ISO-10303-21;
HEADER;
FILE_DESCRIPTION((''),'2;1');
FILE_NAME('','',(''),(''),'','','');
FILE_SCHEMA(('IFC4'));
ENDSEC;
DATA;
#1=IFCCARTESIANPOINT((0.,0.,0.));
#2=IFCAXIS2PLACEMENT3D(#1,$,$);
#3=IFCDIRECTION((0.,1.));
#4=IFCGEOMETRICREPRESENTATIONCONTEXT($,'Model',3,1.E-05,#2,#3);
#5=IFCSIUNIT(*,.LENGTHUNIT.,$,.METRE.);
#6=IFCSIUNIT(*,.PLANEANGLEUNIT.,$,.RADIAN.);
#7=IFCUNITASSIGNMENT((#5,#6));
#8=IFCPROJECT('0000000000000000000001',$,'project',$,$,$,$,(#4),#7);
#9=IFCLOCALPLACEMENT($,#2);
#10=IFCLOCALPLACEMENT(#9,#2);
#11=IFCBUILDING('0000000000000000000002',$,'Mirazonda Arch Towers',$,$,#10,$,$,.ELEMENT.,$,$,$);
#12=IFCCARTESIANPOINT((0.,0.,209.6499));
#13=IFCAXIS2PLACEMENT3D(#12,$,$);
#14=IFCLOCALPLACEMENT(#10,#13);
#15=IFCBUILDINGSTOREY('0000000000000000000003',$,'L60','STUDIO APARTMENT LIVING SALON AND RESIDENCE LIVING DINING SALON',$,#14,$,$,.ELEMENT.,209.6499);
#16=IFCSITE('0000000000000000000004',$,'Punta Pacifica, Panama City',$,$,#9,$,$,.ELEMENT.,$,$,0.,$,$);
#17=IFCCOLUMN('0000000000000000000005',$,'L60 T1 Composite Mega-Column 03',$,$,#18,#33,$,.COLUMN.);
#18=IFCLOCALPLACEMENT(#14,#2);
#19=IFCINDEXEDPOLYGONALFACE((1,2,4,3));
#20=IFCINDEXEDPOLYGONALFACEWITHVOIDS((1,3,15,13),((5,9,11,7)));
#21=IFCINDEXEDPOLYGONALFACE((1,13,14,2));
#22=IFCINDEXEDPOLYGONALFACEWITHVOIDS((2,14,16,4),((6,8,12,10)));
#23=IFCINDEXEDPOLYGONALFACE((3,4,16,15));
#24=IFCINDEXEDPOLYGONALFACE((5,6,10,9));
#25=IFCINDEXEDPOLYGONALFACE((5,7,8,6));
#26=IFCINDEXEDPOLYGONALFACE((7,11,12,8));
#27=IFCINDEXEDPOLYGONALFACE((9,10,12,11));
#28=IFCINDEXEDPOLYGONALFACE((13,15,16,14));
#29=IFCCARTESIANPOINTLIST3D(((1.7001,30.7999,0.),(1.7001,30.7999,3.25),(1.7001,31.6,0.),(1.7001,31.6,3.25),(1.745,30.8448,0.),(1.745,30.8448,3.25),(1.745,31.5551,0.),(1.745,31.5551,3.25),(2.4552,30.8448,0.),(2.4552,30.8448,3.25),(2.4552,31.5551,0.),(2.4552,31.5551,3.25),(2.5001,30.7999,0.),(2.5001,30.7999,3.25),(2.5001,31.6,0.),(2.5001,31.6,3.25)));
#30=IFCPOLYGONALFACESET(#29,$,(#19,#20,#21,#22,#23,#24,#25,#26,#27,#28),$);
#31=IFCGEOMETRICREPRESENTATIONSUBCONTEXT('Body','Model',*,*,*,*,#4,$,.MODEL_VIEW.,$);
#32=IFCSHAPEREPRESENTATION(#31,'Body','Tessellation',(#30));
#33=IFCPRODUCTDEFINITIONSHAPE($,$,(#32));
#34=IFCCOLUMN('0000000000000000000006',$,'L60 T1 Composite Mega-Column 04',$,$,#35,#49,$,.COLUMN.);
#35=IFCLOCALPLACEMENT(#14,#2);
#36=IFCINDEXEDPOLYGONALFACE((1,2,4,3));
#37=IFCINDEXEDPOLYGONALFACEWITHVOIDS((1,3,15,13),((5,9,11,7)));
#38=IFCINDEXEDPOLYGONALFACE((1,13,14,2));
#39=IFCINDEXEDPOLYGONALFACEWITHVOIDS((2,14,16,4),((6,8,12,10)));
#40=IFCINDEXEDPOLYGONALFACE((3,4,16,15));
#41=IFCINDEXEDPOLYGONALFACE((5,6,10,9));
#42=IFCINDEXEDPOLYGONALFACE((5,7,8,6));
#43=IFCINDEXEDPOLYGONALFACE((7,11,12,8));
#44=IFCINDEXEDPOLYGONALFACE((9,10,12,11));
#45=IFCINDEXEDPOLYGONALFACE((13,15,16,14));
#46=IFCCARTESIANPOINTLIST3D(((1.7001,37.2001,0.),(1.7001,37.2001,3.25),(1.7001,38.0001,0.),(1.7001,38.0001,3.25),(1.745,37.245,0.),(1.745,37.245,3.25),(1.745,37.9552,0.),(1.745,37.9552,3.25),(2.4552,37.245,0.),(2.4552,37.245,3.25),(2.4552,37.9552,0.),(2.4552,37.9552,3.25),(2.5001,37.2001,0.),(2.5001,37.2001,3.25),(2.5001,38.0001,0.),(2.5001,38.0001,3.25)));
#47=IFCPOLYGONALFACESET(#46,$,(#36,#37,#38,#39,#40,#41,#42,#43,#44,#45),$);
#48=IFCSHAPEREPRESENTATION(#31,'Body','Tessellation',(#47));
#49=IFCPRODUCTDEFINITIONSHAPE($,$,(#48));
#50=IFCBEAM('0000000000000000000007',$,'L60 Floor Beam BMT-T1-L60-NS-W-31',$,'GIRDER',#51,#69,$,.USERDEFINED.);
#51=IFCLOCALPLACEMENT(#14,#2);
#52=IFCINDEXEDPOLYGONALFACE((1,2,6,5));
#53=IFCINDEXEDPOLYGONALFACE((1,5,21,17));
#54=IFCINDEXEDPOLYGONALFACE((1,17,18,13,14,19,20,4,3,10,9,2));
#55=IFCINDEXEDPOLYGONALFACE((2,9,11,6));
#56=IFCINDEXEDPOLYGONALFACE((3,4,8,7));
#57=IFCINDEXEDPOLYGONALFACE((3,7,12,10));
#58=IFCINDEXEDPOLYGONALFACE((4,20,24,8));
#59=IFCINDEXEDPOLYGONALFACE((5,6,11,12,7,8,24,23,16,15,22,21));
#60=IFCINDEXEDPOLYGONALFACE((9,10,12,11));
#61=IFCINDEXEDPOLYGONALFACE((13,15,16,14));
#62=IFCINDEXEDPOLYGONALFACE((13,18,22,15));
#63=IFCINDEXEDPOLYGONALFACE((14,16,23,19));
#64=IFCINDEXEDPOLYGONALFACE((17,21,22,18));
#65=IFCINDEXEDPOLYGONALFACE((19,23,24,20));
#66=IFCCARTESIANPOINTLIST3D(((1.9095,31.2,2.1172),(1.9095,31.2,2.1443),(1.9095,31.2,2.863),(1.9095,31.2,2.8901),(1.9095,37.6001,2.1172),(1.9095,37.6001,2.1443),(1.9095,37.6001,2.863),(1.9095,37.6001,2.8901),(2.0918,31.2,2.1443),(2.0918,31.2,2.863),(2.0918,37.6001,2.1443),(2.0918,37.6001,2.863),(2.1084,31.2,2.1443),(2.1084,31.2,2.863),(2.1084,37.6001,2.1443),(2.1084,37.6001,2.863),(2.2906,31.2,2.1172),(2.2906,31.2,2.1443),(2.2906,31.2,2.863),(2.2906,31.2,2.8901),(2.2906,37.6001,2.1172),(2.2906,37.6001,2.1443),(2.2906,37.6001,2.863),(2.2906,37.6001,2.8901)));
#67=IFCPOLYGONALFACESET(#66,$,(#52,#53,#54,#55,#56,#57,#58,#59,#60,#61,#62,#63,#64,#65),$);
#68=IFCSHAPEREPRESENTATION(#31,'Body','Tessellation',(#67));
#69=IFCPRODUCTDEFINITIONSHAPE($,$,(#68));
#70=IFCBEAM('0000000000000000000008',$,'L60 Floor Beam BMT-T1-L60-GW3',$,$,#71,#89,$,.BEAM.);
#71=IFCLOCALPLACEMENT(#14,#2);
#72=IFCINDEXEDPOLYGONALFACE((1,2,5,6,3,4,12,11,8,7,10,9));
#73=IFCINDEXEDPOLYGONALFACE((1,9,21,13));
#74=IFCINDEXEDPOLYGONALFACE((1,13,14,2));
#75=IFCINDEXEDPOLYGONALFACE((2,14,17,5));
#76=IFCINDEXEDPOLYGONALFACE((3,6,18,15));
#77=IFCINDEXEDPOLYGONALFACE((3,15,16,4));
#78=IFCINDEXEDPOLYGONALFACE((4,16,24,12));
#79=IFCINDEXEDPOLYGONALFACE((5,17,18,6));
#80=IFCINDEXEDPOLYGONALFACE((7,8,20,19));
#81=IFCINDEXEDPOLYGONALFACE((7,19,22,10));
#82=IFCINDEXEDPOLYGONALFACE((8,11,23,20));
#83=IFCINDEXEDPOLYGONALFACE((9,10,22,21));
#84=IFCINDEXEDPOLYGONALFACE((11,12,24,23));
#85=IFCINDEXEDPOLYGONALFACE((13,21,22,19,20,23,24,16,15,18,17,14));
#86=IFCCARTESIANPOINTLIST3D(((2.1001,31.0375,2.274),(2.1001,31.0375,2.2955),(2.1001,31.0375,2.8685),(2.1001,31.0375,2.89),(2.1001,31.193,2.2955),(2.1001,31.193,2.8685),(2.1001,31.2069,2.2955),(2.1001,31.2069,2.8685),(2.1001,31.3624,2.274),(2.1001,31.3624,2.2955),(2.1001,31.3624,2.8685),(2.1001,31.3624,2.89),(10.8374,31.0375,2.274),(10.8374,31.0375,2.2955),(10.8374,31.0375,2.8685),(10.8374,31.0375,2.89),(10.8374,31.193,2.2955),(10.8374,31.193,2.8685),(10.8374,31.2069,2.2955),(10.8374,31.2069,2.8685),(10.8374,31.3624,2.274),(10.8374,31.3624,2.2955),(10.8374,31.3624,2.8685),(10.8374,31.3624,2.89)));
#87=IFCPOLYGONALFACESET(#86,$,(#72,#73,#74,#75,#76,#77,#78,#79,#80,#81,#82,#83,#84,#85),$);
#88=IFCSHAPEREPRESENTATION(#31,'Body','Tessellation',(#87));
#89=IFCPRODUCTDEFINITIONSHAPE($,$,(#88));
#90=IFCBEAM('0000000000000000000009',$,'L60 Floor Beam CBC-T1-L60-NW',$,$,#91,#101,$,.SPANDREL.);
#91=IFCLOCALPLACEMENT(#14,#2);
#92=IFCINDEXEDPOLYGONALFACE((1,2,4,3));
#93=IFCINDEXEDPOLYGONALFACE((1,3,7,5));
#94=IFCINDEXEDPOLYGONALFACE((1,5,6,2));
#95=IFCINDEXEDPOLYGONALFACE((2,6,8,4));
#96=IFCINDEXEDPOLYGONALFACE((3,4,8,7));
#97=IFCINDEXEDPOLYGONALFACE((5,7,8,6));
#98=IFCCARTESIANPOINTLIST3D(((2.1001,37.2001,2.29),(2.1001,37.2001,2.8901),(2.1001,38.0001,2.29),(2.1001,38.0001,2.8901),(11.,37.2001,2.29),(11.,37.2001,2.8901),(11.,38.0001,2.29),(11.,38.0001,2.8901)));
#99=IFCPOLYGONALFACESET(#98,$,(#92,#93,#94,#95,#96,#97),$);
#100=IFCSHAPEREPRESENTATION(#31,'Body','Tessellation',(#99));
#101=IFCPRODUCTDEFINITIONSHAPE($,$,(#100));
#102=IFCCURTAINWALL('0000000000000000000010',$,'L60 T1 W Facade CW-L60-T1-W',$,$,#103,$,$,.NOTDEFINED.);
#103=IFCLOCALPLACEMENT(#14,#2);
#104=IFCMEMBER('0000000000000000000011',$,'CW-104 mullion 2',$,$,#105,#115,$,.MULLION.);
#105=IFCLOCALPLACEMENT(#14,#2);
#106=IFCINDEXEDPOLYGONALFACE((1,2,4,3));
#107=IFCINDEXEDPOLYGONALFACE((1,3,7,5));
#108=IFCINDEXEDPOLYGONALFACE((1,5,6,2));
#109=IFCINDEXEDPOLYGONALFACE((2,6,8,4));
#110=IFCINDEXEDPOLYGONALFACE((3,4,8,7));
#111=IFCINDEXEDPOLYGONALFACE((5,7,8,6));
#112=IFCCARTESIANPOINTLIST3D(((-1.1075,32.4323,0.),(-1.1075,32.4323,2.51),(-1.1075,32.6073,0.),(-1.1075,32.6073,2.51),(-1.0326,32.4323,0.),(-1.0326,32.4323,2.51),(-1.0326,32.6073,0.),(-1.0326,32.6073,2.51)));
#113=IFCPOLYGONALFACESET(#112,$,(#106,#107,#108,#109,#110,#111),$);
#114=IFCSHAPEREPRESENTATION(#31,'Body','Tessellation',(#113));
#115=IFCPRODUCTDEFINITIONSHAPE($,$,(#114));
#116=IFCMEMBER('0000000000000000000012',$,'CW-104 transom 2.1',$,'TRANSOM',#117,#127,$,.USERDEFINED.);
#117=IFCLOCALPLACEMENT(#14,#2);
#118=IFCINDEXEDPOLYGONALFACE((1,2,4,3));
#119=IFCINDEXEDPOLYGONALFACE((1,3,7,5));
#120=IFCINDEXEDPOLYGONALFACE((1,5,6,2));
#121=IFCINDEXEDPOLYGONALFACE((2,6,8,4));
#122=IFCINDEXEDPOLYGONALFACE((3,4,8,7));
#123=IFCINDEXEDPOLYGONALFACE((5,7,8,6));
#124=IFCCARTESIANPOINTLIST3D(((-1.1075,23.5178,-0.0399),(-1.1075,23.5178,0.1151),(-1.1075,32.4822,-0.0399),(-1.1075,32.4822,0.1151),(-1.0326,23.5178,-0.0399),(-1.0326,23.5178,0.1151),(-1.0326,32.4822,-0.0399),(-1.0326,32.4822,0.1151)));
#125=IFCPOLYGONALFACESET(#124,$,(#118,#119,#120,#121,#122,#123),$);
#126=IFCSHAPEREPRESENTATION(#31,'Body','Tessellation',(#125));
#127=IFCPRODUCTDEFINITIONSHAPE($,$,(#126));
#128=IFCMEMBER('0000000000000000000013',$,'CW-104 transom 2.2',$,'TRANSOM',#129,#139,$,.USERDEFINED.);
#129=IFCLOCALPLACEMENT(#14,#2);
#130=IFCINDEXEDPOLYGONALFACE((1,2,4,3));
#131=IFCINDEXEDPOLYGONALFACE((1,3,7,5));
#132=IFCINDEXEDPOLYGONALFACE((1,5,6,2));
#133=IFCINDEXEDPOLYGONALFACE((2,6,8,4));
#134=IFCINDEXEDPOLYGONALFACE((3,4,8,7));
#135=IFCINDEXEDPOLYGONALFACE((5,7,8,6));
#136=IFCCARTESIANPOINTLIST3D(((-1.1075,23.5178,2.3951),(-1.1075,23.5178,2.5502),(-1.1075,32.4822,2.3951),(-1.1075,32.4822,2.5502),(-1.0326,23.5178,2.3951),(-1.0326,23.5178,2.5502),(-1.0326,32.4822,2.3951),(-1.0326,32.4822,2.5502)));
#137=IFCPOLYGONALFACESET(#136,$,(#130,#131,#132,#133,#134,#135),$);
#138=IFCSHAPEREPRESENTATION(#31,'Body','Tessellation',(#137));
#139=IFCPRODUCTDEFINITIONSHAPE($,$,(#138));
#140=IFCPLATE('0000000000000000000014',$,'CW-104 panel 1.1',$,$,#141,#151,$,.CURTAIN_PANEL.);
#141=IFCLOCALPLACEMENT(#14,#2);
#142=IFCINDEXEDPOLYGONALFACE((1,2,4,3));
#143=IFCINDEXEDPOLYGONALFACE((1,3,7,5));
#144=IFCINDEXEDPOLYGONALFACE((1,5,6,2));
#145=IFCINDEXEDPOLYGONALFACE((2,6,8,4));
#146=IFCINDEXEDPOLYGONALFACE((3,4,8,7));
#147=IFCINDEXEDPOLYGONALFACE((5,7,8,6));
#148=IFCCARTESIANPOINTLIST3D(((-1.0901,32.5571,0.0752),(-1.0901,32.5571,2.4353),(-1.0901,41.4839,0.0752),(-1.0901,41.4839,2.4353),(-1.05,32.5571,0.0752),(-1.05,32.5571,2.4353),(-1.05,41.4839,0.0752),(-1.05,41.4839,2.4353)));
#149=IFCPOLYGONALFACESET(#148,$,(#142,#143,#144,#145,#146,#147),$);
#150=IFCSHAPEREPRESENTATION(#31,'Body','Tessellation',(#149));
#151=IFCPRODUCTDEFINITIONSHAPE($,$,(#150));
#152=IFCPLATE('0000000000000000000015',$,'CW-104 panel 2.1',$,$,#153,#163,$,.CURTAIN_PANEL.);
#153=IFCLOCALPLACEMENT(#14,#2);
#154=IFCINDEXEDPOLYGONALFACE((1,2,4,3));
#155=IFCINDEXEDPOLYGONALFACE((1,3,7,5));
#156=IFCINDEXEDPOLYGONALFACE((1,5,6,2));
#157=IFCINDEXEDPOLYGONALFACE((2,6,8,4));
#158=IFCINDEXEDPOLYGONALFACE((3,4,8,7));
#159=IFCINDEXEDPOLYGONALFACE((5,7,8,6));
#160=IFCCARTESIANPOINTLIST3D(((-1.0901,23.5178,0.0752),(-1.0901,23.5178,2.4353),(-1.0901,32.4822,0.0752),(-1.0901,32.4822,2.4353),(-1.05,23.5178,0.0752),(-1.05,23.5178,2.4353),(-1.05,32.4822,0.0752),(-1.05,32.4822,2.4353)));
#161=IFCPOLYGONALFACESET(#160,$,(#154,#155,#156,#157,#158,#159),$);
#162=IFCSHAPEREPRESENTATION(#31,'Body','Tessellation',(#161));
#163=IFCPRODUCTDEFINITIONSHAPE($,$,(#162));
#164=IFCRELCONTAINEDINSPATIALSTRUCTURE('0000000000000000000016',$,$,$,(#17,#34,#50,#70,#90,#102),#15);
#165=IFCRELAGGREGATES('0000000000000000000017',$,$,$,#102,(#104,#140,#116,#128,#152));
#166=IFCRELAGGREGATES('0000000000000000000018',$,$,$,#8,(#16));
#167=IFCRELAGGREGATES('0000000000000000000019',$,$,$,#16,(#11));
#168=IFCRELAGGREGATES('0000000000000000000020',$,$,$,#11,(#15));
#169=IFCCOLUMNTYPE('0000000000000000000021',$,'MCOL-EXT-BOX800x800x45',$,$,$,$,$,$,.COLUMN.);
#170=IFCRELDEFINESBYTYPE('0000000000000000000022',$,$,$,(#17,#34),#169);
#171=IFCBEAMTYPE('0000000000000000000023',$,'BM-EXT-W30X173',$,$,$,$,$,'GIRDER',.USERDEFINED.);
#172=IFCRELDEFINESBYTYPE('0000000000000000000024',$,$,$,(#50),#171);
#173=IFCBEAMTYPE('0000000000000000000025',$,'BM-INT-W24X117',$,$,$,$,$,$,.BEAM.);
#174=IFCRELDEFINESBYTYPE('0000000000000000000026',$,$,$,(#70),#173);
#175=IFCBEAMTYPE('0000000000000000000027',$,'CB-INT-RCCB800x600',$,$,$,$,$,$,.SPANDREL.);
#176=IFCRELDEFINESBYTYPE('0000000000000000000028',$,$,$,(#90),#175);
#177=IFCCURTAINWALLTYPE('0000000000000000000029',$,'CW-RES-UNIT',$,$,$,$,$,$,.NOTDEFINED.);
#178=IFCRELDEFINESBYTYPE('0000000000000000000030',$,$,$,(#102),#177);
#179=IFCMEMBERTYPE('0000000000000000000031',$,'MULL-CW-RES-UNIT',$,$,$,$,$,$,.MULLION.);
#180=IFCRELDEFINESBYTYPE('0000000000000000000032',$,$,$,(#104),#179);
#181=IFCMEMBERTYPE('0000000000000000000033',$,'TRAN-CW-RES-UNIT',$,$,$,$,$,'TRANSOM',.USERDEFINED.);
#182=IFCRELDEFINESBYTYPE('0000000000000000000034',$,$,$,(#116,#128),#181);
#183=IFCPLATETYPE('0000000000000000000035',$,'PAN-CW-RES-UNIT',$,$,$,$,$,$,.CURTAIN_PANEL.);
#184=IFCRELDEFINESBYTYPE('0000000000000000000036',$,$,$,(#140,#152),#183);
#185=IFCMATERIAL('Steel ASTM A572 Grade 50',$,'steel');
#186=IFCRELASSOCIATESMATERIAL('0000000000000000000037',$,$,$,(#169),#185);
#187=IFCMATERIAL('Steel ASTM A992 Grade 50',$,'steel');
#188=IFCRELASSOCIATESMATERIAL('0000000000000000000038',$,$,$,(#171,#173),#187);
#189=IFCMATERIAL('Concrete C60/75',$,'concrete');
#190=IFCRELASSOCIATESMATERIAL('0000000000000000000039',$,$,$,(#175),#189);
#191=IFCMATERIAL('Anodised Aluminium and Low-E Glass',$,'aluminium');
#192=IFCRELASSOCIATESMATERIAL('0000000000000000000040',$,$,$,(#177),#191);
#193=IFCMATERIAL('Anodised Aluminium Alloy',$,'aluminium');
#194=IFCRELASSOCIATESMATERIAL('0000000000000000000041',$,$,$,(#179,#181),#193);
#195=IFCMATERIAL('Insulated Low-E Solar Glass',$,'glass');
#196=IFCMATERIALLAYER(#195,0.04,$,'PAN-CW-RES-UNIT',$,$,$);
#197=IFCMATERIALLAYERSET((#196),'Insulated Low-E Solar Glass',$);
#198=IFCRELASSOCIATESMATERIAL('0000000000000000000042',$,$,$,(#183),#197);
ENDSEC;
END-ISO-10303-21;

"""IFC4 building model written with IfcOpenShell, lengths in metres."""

from ifc_helpers import new_model, si_unit, direction, frame, origin, origin_2d, place, context, subcontext, project, spatial, rectangle, hollow_rectangle, i_section, extrude, material, layer, layer_set, material_profile, profile_set, type_object, element, aggregate, save


model = new_model("IFC4")

# Units and contexts
model_context = context("Model", 3, precision=1e-05, world=origin(), true_north=direction((0.0, 1.0)))
body_context = subcontext(model_context, "Body", "Model", "MODEL_VIEW")
ifc_project = project(units=[si_unit("LENGTHUNIT", "METRE"), si_unit("PLANEANGLEUNIT", "RADIAN")], contexts=[model_context])

# Site, building, storey
site_placement = place(None, origin())
site = spatial("IfcSite", under=ifc_project, at=site_placement, Name="Punta Pacifica, Panama City", CompositionType="ELEMENT", RefElevation=0.0)
building_placement = place(site_placement, origin())
building = spatial("IfcBuilding", under=site, at=building_placement, Name="Mirazonda Arch Towers", CompositionType="ELEMENT")
storey_placement = place(building_placement, frame((0.0, 0.0, 209.6499)))
storey = spatial("IfcBuildingStorey", under=building, at=storey_placement, Name="L60", Description="STUDIO APARTMENT LIVING SALON AND RESIDENCE LIVING DINING SALON", CompositionType="ELEMENT", Elevation=209.6499)

# Columns
ifc_material_1 = material(Name="Steel ASTM A572 Grade 50", Category="steel")
ifc_material_profile_1 = material_profile(ifc_material_1, hollow_rectangle(XDim=0.8, YDim=0.8, WallThickness=0.0449, at=origin_2d()), Name="BOX800x800x45")
ifc_profile_set_1 = profile_set([ifc_material_profile_1], Name="Steel ASTM A572 Grade 50")
column_type = type_object("IfcColumnType", Name="MCOL-EXT-BOX800x800x45", PredefinedType="COLUMN", material=ifc_profile_set_1)
for number, where, z_axis, x_axis, name in (
    (1, (2.1001, 31.2, 0.0), (0.0, 0.0, 1.0), (1.0, 0.0, 0.0), "L60 T1 Composite Mega-Column 03"),
    (2, (2.1001, 37.6001, 0.0), (0.0, 0.0, 1.0), (1.0, 0.0, 0.0), "L60 T1 Composite Mega-Column 04"),
):
    element("IfcColumn", number, at=place(storey_placement, frame(where, z_axis=z_axis, x_axis=x_axis)), inside=storey, type_object=column_type, Name=name, PredefinedType="COLUMN", context=body_context, shape_type="SweptSolid", body=[
        extrude(hollow_rectangle(XDim=0.8, YDim=0.8, WallThickness=0.0449, at=origin_2d()), origin(), (0.0, 0.0, 1.0), 3.25),
    ])

# Beams
ifc_material_2 = material(Name="Steel ASTM A992 Grade 50", Category="steel")
ifc_material_profile_2 = material_profile(ifc_material_2, i_section(OverallWidth=0.3811, OverallDepth=0.7729, WebThickness=0.0166, FlangeThickness=0.0271, at=origin_2d()), Name="W30X173")
ifc_profile_set_2 = profile_set([ifc_material_profile_2], Name="Steel ASTM A992 Grade 50")
beam_type_1 = type_object("IfcBeamType", Name="BM-EXT-W30X173", ElementType="GIRDER", PredefinedType="USERDEFINED", material=ifc_profile_set_2)
beam_1_placement = place(storey_placement, frame((2.1001, 31.2, 2.5037), z_axis=(0.0, 1.0, 0.0), x_axis=(-1.0, 0.0, 0.0)))
element("IfcBeam", 3, at=beam_1_placement, inside=storey, type_object=beam_type_1, Name="L60 Floor Beam BMT-T1-L60-NS-W-31", ObjectType="GIRDER", PredefinedType="USERDEFINED", context=body_context, shape_type="SweptSolid", body=[
    extrude(i_section(OverallWidth=0.3811, OverallDepth=0.7729, WebThickness=0.0166, FlangeThickness=0.0271, at=origin_2d()), origin(), (0.0, 0.0, 1.0), 6.4001),
])
ifc_material_profile_3 = material_profile(ifc_material_2, i_section(OverallWidth=0.325, OverallDepth=0.616, WebThickness=0.0139, FlangeThickness=0.0215, at=origin_2d()), Name="W24X117")
ifc_profile_set_3 = profile_set([ifc_material_profile_3], Name="Steel ASTM A992 Grade 50")
beam_type_2 = type_object("IfcBeamType", Name="BM-INT-W24X117", PredefinedType="BEAM", material=ifc_profile_set_3)
beam_2_placement = place(storey_placement, frame((2.1001, 31.2, 2.582), z_axis=(1.0, 0.0, 0.0), x_axis=(0.0, 1.0, 0.0)))
element("IfcBeam", 4, at=beam_2_placement, inside=storey, type_object=beam_type_2, Name="L60 Floor Beam BMT-T1-L60-GW3", PredefinedType="BEAM", context=body_context, shape_type="SweptSolid", body=[
    extrude(i_section(OverallWidth=0.325, OverallDepth=0.616, WebThickness=0.0139, FlangeThickness=0.0215, at=origin_2d()), origin(), (0.0, 0.0, 1.0), 8.7373),
])
ifc_material_3 = material(Name="Concrete C60/75", Category="concrete")
ifc_material_profile_4 = material_profile(ifc_material_3, rectangle(XDim=0.8, YDim=0.6001, at=origin_2d()), Name="RCCB800x600")
ifc_profile_set_4 = profile_set([ifc_material_profile_4], Name="Concrete C60/75")
beam_type_3 = type_object("IfcBeamType", Name="CB-INT-RCCB800x600", PredefinedType="SPANDREL", material=ifc_profile_set_4)
beam_3_placement = place(storey_placement, frame((2.1001, 37.6001, 2.5901), z_axis=(1.0, 0.0, 0.0), x_axis=(0.0, 1.0, 0.0)))
element("IfcBeam", 5, at=beam_3_placement, inside=storey, type_object=beam_type_3, Name="L60 Floor Beam CBC-T1-L60-NW", PredefinedType="SPANDREL", context=body_context, shape_type="SweptSolid", body=[
    extrude(rectangle(XDim=0.8, YDim=0.6001, at=origin_2d()), origin(), (0.0, 0.0, 1.0), 8.8999),
])

# Curtain wall, members, plates
ifc_material_4 = material(Name="Anodised Aluminium and Low-E Glass", Category="aluminium")
curtain_wall_type = type_object("IfcCurtainWallType", Name="CW-RES-UNIT", PredefinedType="NOTDEFINED", material=ifc_material_4)
curtain_wall_placement = place(storey_placement, origin())
curtain_wall = element("IfcCurtainWall", 6, at=curtain_wall_placement, inside=storey, type_object=curtain_wall_type, Name="L60 T1 W Facade CW-L60-T1-W", PredefinedType="NOTDEFINED")
ifc_material_5 = material(Name="Anodised Aluminium Alloy", Category="aluminium")
ifc_material_profile_5 = material_profile(ifc_material_5, rectangle(XDim=0.075, YDim=0.175, at=origin_2d()), Name="ALU-MULL-75x175")
ifc_profile_set_5 = profile_set([ifc_material_profile_5], Name="Anodised Aluminium Alloy")
member_type_1 = type_object("IfcMemberType", Name="MULL-CW-RES-UNIT", PredefinedType="MULLION", material=ifc_profile_set_5)
member_1_placement = place(storey_placement, frame((-1.0701, 32.5198, 0.0), z_axis=(0.0, 0.0, 1.0), x_axis=(1.0, 0.0, 0.0)))
member_1 = element("IfcMember", 7, at=member_1_placement, type_object=member_type_1, Name="CW-104 mullion 2", PredefinedType="MULLION", context=body_context, shape_type="SweptSolid", body=[
    extrude(rectangle(XDim=0.075, YDim=0.175, at=origin_2d()), origin(), (0.0, 0.0, 1.0), 2.51),
])
ifc_material_profile_6 = material_profile(ifc_material_5, rectangle(XDim=0.075, YDim=0.155, at=origin_2d()), Name="ALU-TRAN-75x155")
ifc_profile_set_6 = profile_set([ifc_material_profile_6], Name="Anodised Aluminium Alloy")
member_type_2 = type_object("IfcMemberType", Name="TRAN-CW-RES-UNIT", ElementType="TRANSOM", PredefinedType="USERDEFINED", material=ifc_profile_set_6)
member_2_placement = place(storey_placement, frame((-1.0701, 32.4822, 0.0376), z_axis=(0.0, -1.0, 0.0), x_axis=(1.0, 0.0, 0.0)))
member_2 = element("IfcMember", 8, at=member_2_placement, type_object=member_type_2, Name="CW-104 transom 2.1", ObjectType="TRANSOM", PredefinedType="USERDEFINED", context=body_context, shape_type="SweptSolid", body=[
    extrude(rectangle(XDim=0.075, YDim=0.155, at=origin_2d()), origin(), (0.0, 0.0, 1.0), 8.9644),
])
member_3_placement = place(storey_placement, frame((-1.0701, 32.4822, 2.4727), z_axis=(0.0, -1.0, 0.0), x_axis=(1.0, 0.0, 0.0)))
member_3 = element("IfcMember", 9, at=member_3_placement, type_object=member_type_2, Name="CW-104 transom 2.2", ObjectType="TRANSOM", PredefinedType="USERDEFINED", context=body_context, shape_type="SweptSolid", body=[
    extrude(rectangle(XDim=0.075, YDim=0.155, at=origin_2d()), origin(), (0.0, 0.0, 1.0), 8.9644),
])
ifc_material_6 = material(Name="Insulated Low-E Solar Glass", Category="glass")
ifc_layer_1 = layer(ifc_material_6, 0.04, Name="PAN-CW-RES-UNIT")
ifc_layer_set_1 = layer_set([ifc_layer_1], Name="Insulated Low-E Solar Glass")
plate_type = type_object("IfcPlateType", Name="PAN-CW-RES-UNIT", PredefinedType="CURTAIN_PANEL", material=ifc_layer_set_1)
plate_1_placement = place(storey_placement, frame((-1.0701, 37.0205, 0.0752), z_axis=(0.0, 0.0, 1.0), x_axis=(0.0, -1.0, 0.0)))
plate_1 = element("IfcPlate", 10, at=plate_1_placement, type_object=plate_type, Name="CW-104 panel 1.1", PredefinedType="CURTAIN_PANEL", context=body_context, shape_type="SweptSolid", body=[
    extrude(rectangle(XDim=8.9268, YDim=0.04, at=origin_2d()), origin(), (0.0, 0.0, 1.0), 2.3601),
])
plate_2_placement = place(storey_placement, frame((-1.0701, 28.0, 0.0752), z_axis=(0.0, 0.0, 1.0), x_axis=(0.0, -1.0, 0.0)))
plate_2 = element("IfcPlate", 11, at=plate_2_placement, type_object=plate_type, Name="CW-104 panel 2.1", PredefinedType="CURTAIN_PANEL", context=body_context, shape_type="SweptSolid", body=[
    extrude(rectangle(XDim=8.9644, YDim=0.04, at=origin_2d()), origin(), (0.0, 0.0, 1.0), 2.3601),
])
aggregate(curtain_wall, [member_1, plate_1, member_2, member_3, plate_2])

save(model, "model.ifc")
